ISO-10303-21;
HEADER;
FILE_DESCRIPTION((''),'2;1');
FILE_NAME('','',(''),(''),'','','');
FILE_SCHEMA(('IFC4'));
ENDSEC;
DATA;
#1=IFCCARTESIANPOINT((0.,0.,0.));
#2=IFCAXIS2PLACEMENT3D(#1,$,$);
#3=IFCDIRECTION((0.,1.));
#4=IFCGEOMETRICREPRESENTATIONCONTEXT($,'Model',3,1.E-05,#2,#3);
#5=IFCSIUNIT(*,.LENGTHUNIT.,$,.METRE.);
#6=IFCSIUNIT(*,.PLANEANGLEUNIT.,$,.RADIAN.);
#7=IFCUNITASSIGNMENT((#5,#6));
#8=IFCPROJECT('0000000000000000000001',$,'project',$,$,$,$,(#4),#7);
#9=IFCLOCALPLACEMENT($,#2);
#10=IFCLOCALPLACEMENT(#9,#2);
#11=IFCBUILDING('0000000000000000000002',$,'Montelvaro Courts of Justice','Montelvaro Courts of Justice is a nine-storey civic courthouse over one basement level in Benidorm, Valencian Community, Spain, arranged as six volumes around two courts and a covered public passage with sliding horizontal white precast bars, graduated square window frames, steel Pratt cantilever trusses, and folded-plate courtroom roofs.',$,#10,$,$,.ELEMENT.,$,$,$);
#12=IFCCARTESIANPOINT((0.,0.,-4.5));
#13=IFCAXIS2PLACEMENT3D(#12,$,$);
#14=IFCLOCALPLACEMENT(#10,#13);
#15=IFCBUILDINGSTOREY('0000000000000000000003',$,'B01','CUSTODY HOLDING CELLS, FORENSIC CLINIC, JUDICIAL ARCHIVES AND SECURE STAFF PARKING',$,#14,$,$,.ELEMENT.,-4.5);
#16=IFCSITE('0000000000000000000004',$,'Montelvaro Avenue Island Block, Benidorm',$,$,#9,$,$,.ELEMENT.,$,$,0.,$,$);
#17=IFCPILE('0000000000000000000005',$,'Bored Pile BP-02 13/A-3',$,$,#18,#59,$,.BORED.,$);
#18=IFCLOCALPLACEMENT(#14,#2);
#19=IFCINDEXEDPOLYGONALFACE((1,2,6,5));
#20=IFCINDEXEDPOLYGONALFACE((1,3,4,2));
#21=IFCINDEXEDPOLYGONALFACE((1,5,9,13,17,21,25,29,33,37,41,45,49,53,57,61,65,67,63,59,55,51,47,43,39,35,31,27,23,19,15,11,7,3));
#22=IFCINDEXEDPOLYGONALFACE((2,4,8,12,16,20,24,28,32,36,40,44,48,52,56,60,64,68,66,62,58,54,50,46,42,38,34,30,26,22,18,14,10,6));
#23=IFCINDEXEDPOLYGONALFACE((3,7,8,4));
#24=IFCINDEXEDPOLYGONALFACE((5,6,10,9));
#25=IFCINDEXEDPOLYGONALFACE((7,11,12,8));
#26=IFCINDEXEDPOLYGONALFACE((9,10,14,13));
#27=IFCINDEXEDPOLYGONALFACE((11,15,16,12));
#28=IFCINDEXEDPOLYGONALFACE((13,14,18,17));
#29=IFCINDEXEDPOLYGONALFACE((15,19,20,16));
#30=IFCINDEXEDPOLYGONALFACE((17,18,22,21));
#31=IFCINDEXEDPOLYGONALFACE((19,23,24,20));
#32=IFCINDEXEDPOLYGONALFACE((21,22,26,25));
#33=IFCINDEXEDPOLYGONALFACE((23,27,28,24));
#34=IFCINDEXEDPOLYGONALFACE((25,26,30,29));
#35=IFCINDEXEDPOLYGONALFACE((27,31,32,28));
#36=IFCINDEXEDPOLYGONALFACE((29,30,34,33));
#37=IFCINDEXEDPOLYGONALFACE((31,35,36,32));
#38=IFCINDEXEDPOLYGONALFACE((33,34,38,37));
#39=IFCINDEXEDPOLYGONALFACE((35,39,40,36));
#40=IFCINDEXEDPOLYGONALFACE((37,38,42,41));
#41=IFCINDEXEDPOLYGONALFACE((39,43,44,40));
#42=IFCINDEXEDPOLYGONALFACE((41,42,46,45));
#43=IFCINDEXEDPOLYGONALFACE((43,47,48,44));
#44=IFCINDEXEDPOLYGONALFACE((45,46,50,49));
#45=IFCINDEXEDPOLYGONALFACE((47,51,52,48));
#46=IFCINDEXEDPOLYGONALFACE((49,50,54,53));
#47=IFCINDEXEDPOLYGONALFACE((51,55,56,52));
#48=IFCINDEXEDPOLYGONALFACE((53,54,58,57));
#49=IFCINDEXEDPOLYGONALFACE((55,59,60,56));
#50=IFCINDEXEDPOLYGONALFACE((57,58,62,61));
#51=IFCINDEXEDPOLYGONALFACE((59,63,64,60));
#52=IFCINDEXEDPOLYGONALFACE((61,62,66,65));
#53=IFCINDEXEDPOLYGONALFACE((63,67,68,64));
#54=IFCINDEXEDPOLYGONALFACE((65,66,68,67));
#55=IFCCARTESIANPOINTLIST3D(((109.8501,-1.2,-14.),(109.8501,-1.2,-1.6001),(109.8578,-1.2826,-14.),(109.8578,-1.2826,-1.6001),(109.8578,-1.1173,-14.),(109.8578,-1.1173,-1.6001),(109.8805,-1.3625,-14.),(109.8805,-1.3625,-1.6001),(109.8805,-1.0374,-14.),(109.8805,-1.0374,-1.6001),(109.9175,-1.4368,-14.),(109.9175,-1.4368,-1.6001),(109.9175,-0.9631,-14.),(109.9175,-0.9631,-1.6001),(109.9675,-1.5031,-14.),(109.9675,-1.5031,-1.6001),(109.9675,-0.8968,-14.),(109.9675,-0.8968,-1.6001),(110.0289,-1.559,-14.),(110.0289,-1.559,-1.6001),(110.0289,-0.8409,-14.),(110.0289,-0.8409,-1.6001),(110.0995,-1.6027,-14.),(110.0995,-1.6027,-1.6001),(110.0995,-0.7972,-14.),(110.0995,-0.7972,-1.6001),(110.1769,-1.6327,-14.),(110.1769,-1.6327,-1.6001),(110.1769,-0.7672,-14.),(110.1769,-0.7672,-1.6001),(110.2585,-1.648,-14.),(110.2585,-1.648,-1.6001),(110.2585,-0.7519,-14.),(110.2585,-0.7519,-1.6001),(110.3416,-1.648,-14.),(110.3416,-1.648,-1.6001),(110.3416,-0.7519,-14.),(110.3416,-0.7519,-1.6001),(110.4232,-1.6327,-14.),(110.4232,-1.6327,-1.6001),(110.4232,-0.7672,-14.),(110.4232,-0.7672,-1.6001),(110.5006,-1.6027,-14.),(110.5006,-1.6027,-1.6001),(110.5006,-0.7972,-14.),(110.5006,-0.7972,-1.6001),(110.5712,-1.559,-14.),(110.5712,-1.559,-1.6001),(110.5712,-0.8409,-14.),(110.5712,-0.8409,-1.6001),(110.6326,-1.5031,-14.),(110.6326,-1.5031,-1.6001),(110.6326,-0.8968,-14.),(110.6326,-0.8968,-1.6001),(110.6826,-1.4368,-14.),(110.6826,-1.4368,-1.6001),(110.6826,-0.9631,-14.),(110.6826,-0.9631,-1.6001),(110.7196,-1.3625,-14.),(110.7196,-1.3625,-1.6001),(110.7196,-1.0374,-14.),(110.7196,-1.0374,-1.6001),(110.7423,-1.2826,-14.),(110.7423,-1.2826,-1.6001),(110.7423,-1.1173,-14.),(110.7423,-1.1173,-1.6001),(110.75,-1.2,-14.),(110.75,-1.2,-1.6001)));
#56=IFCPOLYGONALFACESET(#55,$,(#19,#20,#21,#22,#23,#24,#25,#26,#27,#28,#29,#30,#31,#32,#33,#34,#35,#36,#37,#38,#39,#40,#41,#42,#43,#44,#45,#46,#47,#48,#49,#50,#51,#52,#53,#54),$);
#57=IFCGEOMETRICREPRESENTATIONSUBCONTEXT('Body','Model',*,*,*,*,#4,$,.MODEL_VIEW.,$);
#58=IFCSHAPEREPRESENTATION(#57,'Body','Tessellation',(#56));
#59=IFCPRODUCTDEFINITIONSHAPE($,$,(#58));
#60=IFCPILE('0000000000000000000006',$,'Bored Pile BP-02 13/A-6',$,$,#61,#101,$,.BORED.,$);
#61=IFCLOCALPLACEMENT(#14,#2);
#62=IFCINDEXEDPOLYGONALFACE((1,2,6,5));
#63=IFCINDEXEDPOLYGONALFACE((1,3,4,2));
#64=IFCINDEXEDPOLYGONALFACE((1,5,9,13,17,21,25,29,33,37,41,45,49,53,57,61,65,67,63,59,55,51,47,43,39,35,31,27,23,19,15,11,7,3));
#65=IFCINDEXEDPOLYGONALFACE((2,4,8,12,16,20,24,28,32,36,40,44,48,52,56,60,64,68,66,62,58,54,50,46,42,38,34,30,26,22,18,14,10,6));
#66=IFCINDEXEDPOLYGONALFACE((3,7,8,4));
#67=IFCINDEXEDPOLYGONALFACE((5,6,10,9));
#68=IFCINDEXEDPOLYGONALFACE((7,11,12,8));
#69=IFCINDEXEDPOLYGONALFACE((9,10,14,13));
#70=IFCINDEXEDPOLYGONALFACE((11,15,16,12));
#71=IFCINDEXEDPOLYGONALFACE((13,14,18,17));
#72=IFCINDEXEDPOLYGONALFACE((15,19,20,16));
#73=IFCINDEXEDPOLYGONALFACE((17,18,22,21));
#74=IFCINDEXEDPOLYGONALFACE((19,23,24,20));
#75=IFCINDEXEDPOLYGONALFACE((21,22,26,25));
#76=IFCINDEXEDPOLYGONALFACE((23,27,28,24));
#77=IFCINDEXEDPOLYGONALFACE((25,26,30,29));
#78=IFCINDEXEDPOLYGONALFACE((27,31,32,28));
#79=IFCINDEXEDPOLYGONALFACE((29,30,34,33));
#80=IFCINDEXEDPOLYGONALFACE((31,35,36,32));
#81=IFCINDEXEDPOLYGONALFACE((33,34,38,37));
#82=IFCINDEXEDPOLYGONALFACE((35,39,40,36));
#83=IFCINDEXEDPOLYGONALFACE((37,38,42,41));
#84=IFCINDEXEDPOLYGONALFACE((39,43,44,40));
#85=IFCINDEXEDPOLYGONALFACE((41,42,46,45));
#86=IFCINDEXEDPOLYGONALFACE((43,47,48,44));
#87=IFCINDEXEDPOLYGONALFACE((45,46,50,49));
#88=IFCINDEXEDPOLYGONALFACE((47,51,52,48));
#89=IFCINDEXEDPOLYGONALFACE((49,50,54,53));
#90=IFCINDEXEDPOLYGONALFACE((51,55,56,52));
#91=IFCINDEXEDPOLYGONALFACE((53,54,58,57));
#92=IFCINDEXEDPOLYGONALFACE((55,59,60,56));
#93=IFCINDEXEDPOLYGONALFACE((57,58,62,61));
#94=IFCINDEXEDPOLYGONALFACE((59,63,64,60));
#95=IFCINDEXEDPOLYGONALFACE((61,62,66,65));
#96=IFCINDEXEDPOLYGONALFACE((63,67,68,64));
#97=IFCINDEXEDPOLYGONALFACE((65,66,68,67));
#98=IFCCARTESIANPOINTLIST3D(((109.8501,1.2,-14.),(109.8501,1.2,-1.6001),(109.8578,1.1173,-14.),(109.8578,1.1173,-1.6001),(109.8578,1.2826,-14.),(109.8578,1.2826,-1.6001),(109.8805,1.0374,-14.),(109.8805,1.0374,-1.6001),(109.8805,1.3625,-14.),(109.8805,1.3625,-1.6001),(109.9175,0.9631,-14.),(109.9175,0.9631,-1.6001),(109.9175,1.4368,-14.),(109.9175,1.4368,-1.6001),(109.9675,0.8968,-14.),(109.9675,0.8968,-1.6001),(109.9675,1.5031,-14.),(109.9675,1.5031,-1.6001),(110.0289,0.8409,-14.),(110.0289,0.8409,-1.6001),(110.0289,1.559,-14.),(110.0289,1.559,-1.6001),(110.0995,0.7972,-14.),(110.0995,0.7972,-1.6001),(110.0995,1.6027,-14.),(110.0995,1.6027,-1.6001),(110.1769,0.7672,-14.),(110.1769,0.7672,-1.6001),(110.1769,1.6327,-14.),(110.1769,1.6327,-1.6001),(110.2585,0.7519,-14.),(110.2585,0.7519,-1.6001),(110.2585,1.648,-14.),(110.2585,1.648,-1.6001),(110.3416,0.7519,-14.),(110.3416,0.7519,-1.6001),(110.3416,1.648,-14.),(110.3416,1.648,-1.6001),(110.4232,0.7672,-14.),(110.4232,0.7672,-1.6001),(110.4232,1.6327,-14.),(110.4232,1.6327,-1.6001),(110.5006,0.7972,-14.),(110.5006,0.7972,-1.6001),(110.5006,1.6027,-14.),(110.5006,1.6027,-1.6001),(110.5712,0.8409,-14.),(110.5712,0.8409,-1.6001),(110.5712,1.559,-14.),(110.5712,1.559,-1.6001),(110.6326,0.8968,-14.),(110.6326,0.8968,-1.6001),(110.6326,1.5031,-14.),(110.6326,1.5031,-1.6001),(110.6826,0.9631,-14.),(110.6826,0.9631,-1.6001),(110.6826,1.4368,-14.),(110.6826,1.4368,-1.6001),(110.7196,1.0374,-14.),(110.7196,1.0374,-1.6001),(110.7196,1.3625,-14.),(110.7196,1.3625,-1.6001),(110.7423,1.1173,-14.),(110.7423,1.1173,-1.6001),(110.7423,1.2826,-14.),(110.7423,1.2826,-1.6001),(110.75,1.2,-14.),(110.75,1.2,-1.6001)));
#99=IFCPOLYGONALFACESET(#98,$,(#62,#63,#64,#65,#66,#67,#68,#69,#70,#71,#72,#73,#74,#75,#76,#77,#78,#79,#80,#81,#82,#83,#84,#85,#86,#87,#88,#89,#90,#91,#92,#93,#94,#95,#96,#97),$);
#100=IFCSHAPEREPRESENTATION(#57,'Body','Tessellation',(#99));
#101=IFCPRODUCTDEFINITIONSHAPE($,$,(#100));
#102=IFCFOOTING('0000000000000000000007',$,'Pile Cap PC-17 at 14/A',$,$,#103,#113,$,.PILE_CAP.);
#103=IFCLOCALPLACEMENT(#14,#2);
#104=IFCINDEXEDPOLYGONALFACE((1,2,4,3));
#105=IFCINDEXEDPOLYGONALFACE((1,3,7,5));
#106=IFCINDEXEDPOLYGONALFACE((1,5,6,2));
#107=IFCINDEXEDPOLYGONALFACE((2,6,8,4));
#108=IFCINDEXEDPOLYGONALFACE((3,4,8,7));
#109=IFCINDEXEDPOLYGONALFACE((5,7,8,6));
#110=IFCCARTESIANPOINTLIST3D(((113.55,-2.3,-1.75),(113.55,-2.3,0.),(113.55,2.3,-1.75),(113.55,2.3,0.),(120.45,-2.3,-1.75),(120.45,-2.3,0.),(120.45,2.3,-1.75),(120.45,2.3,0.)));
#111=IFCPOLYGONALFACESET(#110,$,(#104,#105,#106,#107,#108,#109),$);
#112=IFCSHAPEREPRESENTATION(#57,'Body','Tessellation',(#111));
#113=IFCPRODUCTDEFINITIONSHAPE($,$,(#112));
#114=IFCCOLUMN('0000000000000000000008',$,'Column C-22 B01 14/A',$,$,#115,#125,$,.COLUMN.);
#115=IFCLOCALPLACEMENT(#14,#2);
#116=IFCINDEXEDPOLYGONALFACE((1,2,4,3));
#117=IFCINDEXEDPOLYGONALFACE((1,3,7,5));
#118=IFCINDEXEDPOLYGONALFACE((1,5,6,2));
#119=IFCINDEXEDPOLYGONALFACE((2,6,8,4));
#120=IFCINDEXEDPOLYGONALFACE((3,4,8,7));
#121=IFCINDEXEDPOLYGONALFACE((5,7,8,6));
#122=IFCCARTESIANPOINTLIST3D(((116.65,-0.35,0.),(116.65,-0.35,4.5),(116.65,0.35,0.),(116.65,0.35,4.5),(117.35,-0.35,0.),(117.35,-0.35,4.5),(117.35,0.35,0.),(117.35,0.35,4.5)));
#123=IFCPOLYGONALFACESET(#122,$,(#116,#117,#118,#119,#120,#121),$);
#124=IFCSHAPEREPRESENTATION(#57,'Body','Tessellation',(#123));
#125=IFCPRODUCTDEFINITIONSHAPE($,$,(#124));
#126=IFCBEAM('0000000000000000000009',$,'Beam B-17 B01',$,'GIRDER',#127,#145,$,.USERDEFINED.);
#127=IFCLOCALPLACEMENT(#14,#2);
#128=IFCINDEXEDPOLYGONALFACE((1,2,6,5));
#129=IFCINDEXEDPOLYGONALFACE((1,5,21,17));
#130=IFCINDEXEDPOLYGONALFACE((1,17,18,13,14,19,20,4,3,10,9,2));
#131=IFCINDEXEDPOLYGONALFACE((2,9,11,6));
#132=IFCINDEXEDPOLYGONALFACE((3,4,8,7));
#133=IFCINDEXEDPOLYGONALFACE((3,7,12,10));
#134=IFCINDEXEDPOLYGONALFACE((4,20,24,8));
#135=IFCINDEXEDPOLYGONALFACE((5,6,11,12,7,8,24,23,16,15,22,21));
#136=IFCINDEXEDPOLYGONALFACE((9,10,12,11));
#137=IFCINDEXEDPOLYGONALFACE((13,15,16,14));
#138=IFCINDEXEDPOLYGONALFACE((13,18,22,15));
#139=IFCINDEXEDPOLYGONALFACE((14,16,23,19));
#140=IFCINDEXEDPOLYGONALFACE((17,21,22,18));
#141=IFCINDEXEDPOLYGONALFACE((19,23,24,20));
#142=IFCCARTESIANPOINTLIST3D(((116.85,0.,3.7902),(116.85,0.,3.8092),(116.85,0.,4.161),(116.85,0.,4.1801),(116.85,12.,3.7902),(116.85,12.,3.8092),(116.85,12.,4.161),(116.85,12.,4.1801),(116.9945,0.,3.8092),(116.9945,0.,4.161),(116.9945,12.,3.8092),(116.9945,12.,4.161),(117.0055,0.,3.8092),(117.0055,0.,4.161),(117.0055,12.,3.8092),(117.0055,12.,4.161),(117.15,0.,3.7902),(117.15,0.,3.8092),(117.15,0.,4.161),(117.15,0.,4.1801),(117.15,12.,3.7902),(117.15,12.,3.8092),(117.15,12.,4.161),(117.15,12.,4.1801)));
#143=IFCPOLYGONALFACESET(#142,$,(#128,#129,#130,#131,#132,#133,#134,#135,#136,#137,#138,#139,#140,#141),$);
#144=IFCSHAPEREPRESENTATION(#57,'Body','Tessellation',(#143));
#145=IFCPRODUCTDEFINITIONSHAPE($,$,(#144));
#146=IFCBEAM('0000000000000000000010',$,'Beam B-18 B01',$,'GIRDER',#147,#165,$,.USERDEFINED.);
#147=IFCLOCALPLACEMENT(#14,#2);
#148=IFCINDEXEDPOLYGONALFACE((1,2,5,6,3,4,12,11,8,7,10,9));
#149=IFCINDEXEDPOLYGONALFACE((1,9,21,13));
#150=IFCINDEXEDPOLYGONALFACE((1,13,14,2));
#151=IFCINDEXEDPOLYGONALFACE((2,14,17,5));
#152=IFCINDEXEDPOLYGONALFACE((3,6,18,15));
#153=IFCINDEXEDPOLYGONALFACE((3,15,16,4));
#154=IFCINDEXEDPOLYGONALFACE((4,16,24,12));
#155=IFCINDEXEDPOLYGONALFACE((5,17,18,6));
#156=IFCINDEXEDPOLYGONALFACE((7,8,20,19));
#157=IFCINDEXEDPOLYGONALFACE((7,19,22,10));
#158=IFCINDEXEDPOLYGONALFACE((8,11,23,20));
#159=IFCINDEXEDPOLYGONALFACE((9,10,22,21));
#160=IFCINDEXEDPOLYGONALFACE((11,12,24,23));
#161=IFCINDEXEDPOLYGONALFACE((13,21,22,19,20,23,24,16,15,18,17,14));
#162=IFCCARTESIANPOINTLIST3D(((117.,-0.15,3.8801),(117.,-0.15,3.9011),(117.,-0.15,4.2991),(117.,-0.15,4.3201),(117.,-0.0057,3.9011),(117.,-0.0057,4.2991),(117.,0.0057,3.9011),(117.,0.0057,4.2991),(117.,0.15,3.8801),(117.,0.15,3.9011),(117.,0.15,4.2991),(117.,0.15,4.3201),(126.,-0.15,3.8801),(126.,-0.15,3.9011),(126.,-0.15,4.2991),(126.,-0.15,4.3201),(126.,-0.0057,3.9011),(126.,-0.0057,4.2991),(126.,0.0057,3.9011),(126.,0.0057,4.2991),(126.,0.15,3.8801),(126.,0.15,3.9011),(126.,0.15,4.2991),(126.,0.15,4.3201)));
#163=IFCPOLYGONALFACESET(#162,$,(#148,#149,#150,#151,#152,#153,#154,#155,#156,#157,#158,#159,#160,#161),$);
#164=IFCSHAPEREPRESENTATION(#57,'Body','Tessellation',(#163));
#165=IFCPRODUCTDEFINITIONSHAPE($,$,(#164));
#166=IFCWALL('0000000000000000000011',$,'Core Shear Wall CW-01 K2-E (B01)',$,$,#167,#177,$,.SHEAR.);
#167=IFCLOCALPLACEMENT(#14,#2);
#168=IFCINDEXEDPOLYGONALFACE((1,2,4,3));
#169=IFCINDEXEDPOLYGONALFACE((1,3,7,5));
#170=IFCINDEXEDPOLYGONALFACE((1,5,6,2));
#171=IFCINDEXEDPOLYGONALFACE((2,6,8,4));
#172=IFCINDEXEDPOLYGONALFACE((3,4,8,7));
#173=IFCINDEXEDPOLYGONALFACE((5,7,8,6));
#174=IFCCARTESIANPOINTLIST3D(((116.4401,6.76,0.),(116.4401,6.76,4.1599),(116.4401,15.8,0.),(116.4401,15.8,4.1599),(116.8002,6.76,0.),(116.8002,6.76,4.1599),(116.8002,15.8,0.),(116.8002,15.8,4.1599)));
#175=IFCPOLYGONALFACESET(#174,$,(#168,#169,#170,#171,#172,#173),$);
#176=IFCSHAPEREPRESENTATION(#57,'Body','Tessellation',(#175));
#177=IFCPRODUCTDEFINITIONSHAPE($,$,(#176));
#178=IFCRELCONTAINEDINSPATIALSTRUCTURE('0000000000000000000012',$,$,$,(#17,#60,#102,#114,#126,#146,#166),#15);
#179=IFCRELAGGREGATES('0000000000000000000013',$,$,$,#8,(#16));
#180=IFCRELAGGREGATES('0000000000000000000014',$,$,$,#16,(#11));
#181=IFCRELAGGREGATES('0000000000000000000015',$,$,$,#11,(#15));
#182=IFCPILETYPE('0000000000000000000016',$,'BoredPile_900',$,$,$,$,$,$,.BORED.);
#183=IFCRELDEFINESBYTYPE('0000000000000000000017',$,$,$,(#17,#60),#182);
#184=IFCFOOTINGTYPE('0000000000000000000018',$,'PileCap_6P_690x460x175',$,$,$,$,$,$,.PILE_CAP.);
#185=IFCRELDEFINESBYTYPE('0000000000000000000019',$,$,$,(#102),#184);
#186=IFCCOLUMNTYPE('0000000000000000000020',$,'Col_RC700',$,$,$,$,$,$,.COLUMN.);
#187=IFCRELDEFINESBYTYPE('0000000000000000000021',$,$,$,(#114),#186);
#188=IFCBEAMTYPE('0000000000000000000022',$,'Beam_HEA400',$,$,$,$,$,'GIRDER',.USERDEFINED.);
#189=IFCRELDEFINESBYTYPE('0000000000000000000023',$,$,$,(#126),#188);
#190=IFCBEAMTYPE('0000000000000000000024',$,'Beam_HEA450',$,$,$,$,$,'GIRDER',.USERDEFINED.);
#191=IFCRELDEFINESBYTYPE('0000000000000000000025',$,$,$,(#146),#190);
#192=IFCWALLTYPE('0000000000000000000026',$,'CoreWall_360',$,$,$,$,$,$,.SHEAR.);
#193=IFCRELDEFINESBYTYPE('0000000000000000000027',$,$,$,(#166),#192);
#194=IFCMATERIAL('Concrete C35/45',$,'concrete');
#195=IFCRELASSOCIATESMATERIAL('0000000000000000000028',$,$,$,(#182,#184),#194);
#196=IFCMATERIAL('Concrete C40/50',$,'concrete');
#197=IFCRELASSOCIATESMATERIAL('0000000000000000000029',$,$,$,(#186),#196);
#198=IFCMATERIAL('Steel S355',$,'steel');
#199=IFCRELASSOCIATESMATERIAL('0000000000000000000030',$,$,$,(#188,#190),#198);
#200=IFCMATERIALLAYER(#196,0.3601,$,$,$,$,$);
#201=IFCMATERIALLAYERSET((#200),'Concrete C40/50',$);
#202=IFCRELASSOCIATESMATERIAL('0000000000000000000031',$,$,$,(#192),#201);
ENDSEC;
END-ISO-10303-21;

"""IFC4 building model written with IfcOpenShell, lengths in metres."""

from ifc_helpers import new_model, si_unit, direction, frame, frame_2d, origin, origin_2d, place, context, subcontext, project, spatial, rectangle, circle, i_section, extrude, material, layer, layer_set, material_profile, profile_set, type_object, element, save


model = new_model("IFC4")

# Units and contexts
model_context = context("Model", 3, precision=1e-05, world=origin(), true_north=direction((0.0, 1.0)))
body_context = subcontext(model_context, "Body", "Model", "MODEL_VIEW")
ifc_project = project(units=[si_unit("LENGTHUNIT", "METRE"), si_unit("PLANEANGLEUNIT", "RADIAN")], contexts=[model_context])

# Site, building, storey
site_placement = place(None, origin())
site = spatial("IfcSite", under=ifc_project, at=site_placement, Name="Montelvaro Avenue Island Block, Benidorm", CompositionType="ELEMENT", RefElevation=0.0)
building_placement = place(site_placement, origin())
building = spatial("IfcBuilding", under=site, at=building_placement, Name="Montelvaro Courts of Justice", Description="Montelvaro Courts of Justice is a nine-storey civic courthouse over one basement level in Benidorm, Valencian Community, Spain, arranged as six volumes around two courts and a covered public passage with sliding horizontal white precast bars, graduated square window frames, steel Pratt cantilever trusses, and folded-plate courtroom roofs.", CompositionType="ELEMENT")
storey_placement = place(building_placement, frame((0.0, 0.0, -4.5)))
storey = spatial("IfcBuildingStorey", under=building, at=storey_placement, Name="B01", Description="CUSTODY HOLDING CELLS, FORENSIC CLINIC, JUDICIAL ARCHIVES AND SECURE STAFF PARKING", CompositionType="ELEMENT", Elevation=-4.5)

# Piles
ifc_material_1 = material(Name="Concrete C35/45", Category="concrete")
ifc_material_profile_1 = material_profile(ifc_material_1, circle(Radius=0.45, at=origin_2d()), Name="BORED PILE D900")
ifc_profile_set_1 = profile_set([ifc_material_profile_1], Name="Concrete C35/45")
pile_type_1 = type_object("IfcPileType", Name="BoredPile_900", PredefinedType="BORED", material=ifc_profile_set_1)
for number, where, z_axis, x_axis, name in (
    (1, (110.3, -1.2, -1.6001), (0.0, 0.0, -1.0), (1.0, 0.0, 0.0), "Bored Pile BP-02 13/A-3"),
    (2, (110.3, 1.2, -1.6001), (0.0, 0.0, -1.0), (1.0, 0.0, 0.0), "Bored Pile BP-02 13/A-6"),
):
    element("IfcPile", number, at=place(storey_placement, frame(where, z_axis=z_axis, x_axis=x_axis)), inside=storey, type_object=pile_type_1, Name=name, PredefinedType="BORED", context=body_context, shape_type="SweptSolid", body=[
        extrude(circle(Radius=0.45, at=origin_2d()), origin(), (0.0, 0.0, 1.0), 12.3999),
    ])

# Footing
footing_type = type_object("IfcFootingType", Name="PileCap_6P_690x460x175", PredefinedType="PILE_CAP", material=ifc_material_1)
footing_placement = place(storey_placement, frame((117.0, 0.0, -1.75), z_axis=(0.0, 0.0, 1.0), x_axis=(1.0, 0.0, 0.0)))
element("IfcFooting", 3, at=footing_placement, inside=storey, type_object=footing_type, Name="Pile Cap PC-17 at 14/A", PredefinedType="PILE_CAP", context=body_context, shape_type="SweptSolid", body=[
    extrude(rectangle(XDim=6.8999, YDim=4.6001, at=origin_2d()), origin(), (0.0, 0.0, 1.0), 1.75),
])

# Column
ifc_material_2 = material(Name="Concrete C40/50", Category="concrete")
ifc_material_profile_2 = material_profile(ifc_material_2, rectangle(XDim=0.7, YDim=0.7, at=origin_2d()), Name="RC 700x700")
ifc_profile_set_2 = profile_set([ifc_material_profile_2], Name="Concrete C40/50")
column_type = type_object("IfcColumnType", Name="Col_RC700", PredefinedType="COLUMN", material=ifc_profile_set_2)
column_placement = place(storey_placement, frame((117.0, 0.0, 0.0), z_axis=(0.0, 0.0, 1.0), x_axis=(1.0, 0.0, 0.0)))
element("IfcColumn", 4, at=column_placement, inside=storey, type_object=column_type, Name="Column C-22 B01 14/A", PredefinedType="COLUMN", context=body_context, shape_type="SweptSolid", body=[
    extrude(rectangle(XDim=0.7, YDim=0.7, at=origin_2d()), origin(), (0.0, 0.0, 1.0), 4.5),
])

# Beams
ifc_material_3 = material(Name="Steel S355", Category="steel")
ifc_material_profile_3 = material_profile(ifc_material_3, i_section(OverallWidth=0.3, OverallDepth=0.3899, WebThickness=0.011, FlangeThickness=0.019, at=origin_2d()), Name="HEA 400")
ifc_profile_set_3 = profile_set([ifc_material_profile_3], Name="Steel S355")
beam_type_1 = type_object("IfcBeamType", Name="Beam_HEA400", ElementType="GIRDER", PredefinedType="USERDEFINED", material=ifc_profile_set_3)
beam_1_placement = place(storey_placement, frame((117.0, 0.0, 3.9851), z_axis=(0.0, 1.0, 0.0), x_axis=(-1.0, 0.0, 0.0)))
element("IfcBeam", 5, at=beam_1_placement, inside=storey, type_object=beam_type_1, Name="Beam B-17 B01", ObjectType="GIRDER", PredefinedType="USERDEFINED", context=body_context, shape_type="SweptSolid", body=[
    extrude(i_section(OverallWidth=0.3, OverallDepth=0.3899, WebThickness=0.011, FlangeThickness=0.019, at=origin_2d()), origin(), (0.0, 0.0, 1.0), 12.0),
])
ifc_material_profile_4 = material_profile(ifc_material_3, i_section(OverallWidth=0.3, OverallDepth=0.4399, WebThickness=0.0115, FlangeThickness=0.021, at=origin_2d()), Name="HEA 450")
ifc_profile_set_4 = profile_set([ifc_material_profile_4], Name="Steel S355")
beam_type_2 = type_object("IfcBeamType", Name="Beam_HEA450", ElementType="GIRDER", PredefinedType="USERDEFINED", material=ifc_profile_set_4)
beam_2_placement = place(storey_placement, frame((117.0, 0.0, 4.1001), z_axis=(1.0, 0.0, 0.0), x_axis=(0.0, 1.0, 0.0)))
element("IfcBeam", 6, at=beam_2_placement, inside=storey, type_object=beam_type_2, Name="Beam B-18 B01", ObjectType="GIRDER", PredefinedType="USERDEFINED", context=body_context, shape_type="SweptSolid", body=[
    extrude(i_section(OverallWidth=0.3, OverallDepth=0.4399, WebThickness=0.0115, FlangeThickness=0.021, at=origin_2d()), origin(), (0.0, 0.0, 1.0), 9.0),
])

# Wall
ifc_layer_1 = layer(ifc_material_2, 0.3601)
ifc_layer_set_1 = layer_set([ifc_layer_1], Name="Concrete C40/50")
wall_type_1 = type_object("IfcWallType", Name="CoreWall_360", PredefinedType="SHEAR", material=ifc_layer_set_1)
wall_1_placement = place(storey_placement, frame((116.6201, 6.76, 0.0), z_axis=(0.0, 0.0, 1.0), x_axis=(0.0, 1.0, 0.0)))
element("IfcWall", 7, at=wall_1_placement, inside=storey, type_object=wall_type_1, Name="Core Shear Wall CW-01 K2-E (B01)", PredefinedType="SHEAR", context=body_context, shape_type="SweptSolid", body=[
    extrude(rectangle(XDim=9.04, YDim=0.3601, at=frame_2d((4.52, 0.0))), origin(), (0.0, 0.0, 1.0), 4.1599),
])

save(model, "model.ifc")
